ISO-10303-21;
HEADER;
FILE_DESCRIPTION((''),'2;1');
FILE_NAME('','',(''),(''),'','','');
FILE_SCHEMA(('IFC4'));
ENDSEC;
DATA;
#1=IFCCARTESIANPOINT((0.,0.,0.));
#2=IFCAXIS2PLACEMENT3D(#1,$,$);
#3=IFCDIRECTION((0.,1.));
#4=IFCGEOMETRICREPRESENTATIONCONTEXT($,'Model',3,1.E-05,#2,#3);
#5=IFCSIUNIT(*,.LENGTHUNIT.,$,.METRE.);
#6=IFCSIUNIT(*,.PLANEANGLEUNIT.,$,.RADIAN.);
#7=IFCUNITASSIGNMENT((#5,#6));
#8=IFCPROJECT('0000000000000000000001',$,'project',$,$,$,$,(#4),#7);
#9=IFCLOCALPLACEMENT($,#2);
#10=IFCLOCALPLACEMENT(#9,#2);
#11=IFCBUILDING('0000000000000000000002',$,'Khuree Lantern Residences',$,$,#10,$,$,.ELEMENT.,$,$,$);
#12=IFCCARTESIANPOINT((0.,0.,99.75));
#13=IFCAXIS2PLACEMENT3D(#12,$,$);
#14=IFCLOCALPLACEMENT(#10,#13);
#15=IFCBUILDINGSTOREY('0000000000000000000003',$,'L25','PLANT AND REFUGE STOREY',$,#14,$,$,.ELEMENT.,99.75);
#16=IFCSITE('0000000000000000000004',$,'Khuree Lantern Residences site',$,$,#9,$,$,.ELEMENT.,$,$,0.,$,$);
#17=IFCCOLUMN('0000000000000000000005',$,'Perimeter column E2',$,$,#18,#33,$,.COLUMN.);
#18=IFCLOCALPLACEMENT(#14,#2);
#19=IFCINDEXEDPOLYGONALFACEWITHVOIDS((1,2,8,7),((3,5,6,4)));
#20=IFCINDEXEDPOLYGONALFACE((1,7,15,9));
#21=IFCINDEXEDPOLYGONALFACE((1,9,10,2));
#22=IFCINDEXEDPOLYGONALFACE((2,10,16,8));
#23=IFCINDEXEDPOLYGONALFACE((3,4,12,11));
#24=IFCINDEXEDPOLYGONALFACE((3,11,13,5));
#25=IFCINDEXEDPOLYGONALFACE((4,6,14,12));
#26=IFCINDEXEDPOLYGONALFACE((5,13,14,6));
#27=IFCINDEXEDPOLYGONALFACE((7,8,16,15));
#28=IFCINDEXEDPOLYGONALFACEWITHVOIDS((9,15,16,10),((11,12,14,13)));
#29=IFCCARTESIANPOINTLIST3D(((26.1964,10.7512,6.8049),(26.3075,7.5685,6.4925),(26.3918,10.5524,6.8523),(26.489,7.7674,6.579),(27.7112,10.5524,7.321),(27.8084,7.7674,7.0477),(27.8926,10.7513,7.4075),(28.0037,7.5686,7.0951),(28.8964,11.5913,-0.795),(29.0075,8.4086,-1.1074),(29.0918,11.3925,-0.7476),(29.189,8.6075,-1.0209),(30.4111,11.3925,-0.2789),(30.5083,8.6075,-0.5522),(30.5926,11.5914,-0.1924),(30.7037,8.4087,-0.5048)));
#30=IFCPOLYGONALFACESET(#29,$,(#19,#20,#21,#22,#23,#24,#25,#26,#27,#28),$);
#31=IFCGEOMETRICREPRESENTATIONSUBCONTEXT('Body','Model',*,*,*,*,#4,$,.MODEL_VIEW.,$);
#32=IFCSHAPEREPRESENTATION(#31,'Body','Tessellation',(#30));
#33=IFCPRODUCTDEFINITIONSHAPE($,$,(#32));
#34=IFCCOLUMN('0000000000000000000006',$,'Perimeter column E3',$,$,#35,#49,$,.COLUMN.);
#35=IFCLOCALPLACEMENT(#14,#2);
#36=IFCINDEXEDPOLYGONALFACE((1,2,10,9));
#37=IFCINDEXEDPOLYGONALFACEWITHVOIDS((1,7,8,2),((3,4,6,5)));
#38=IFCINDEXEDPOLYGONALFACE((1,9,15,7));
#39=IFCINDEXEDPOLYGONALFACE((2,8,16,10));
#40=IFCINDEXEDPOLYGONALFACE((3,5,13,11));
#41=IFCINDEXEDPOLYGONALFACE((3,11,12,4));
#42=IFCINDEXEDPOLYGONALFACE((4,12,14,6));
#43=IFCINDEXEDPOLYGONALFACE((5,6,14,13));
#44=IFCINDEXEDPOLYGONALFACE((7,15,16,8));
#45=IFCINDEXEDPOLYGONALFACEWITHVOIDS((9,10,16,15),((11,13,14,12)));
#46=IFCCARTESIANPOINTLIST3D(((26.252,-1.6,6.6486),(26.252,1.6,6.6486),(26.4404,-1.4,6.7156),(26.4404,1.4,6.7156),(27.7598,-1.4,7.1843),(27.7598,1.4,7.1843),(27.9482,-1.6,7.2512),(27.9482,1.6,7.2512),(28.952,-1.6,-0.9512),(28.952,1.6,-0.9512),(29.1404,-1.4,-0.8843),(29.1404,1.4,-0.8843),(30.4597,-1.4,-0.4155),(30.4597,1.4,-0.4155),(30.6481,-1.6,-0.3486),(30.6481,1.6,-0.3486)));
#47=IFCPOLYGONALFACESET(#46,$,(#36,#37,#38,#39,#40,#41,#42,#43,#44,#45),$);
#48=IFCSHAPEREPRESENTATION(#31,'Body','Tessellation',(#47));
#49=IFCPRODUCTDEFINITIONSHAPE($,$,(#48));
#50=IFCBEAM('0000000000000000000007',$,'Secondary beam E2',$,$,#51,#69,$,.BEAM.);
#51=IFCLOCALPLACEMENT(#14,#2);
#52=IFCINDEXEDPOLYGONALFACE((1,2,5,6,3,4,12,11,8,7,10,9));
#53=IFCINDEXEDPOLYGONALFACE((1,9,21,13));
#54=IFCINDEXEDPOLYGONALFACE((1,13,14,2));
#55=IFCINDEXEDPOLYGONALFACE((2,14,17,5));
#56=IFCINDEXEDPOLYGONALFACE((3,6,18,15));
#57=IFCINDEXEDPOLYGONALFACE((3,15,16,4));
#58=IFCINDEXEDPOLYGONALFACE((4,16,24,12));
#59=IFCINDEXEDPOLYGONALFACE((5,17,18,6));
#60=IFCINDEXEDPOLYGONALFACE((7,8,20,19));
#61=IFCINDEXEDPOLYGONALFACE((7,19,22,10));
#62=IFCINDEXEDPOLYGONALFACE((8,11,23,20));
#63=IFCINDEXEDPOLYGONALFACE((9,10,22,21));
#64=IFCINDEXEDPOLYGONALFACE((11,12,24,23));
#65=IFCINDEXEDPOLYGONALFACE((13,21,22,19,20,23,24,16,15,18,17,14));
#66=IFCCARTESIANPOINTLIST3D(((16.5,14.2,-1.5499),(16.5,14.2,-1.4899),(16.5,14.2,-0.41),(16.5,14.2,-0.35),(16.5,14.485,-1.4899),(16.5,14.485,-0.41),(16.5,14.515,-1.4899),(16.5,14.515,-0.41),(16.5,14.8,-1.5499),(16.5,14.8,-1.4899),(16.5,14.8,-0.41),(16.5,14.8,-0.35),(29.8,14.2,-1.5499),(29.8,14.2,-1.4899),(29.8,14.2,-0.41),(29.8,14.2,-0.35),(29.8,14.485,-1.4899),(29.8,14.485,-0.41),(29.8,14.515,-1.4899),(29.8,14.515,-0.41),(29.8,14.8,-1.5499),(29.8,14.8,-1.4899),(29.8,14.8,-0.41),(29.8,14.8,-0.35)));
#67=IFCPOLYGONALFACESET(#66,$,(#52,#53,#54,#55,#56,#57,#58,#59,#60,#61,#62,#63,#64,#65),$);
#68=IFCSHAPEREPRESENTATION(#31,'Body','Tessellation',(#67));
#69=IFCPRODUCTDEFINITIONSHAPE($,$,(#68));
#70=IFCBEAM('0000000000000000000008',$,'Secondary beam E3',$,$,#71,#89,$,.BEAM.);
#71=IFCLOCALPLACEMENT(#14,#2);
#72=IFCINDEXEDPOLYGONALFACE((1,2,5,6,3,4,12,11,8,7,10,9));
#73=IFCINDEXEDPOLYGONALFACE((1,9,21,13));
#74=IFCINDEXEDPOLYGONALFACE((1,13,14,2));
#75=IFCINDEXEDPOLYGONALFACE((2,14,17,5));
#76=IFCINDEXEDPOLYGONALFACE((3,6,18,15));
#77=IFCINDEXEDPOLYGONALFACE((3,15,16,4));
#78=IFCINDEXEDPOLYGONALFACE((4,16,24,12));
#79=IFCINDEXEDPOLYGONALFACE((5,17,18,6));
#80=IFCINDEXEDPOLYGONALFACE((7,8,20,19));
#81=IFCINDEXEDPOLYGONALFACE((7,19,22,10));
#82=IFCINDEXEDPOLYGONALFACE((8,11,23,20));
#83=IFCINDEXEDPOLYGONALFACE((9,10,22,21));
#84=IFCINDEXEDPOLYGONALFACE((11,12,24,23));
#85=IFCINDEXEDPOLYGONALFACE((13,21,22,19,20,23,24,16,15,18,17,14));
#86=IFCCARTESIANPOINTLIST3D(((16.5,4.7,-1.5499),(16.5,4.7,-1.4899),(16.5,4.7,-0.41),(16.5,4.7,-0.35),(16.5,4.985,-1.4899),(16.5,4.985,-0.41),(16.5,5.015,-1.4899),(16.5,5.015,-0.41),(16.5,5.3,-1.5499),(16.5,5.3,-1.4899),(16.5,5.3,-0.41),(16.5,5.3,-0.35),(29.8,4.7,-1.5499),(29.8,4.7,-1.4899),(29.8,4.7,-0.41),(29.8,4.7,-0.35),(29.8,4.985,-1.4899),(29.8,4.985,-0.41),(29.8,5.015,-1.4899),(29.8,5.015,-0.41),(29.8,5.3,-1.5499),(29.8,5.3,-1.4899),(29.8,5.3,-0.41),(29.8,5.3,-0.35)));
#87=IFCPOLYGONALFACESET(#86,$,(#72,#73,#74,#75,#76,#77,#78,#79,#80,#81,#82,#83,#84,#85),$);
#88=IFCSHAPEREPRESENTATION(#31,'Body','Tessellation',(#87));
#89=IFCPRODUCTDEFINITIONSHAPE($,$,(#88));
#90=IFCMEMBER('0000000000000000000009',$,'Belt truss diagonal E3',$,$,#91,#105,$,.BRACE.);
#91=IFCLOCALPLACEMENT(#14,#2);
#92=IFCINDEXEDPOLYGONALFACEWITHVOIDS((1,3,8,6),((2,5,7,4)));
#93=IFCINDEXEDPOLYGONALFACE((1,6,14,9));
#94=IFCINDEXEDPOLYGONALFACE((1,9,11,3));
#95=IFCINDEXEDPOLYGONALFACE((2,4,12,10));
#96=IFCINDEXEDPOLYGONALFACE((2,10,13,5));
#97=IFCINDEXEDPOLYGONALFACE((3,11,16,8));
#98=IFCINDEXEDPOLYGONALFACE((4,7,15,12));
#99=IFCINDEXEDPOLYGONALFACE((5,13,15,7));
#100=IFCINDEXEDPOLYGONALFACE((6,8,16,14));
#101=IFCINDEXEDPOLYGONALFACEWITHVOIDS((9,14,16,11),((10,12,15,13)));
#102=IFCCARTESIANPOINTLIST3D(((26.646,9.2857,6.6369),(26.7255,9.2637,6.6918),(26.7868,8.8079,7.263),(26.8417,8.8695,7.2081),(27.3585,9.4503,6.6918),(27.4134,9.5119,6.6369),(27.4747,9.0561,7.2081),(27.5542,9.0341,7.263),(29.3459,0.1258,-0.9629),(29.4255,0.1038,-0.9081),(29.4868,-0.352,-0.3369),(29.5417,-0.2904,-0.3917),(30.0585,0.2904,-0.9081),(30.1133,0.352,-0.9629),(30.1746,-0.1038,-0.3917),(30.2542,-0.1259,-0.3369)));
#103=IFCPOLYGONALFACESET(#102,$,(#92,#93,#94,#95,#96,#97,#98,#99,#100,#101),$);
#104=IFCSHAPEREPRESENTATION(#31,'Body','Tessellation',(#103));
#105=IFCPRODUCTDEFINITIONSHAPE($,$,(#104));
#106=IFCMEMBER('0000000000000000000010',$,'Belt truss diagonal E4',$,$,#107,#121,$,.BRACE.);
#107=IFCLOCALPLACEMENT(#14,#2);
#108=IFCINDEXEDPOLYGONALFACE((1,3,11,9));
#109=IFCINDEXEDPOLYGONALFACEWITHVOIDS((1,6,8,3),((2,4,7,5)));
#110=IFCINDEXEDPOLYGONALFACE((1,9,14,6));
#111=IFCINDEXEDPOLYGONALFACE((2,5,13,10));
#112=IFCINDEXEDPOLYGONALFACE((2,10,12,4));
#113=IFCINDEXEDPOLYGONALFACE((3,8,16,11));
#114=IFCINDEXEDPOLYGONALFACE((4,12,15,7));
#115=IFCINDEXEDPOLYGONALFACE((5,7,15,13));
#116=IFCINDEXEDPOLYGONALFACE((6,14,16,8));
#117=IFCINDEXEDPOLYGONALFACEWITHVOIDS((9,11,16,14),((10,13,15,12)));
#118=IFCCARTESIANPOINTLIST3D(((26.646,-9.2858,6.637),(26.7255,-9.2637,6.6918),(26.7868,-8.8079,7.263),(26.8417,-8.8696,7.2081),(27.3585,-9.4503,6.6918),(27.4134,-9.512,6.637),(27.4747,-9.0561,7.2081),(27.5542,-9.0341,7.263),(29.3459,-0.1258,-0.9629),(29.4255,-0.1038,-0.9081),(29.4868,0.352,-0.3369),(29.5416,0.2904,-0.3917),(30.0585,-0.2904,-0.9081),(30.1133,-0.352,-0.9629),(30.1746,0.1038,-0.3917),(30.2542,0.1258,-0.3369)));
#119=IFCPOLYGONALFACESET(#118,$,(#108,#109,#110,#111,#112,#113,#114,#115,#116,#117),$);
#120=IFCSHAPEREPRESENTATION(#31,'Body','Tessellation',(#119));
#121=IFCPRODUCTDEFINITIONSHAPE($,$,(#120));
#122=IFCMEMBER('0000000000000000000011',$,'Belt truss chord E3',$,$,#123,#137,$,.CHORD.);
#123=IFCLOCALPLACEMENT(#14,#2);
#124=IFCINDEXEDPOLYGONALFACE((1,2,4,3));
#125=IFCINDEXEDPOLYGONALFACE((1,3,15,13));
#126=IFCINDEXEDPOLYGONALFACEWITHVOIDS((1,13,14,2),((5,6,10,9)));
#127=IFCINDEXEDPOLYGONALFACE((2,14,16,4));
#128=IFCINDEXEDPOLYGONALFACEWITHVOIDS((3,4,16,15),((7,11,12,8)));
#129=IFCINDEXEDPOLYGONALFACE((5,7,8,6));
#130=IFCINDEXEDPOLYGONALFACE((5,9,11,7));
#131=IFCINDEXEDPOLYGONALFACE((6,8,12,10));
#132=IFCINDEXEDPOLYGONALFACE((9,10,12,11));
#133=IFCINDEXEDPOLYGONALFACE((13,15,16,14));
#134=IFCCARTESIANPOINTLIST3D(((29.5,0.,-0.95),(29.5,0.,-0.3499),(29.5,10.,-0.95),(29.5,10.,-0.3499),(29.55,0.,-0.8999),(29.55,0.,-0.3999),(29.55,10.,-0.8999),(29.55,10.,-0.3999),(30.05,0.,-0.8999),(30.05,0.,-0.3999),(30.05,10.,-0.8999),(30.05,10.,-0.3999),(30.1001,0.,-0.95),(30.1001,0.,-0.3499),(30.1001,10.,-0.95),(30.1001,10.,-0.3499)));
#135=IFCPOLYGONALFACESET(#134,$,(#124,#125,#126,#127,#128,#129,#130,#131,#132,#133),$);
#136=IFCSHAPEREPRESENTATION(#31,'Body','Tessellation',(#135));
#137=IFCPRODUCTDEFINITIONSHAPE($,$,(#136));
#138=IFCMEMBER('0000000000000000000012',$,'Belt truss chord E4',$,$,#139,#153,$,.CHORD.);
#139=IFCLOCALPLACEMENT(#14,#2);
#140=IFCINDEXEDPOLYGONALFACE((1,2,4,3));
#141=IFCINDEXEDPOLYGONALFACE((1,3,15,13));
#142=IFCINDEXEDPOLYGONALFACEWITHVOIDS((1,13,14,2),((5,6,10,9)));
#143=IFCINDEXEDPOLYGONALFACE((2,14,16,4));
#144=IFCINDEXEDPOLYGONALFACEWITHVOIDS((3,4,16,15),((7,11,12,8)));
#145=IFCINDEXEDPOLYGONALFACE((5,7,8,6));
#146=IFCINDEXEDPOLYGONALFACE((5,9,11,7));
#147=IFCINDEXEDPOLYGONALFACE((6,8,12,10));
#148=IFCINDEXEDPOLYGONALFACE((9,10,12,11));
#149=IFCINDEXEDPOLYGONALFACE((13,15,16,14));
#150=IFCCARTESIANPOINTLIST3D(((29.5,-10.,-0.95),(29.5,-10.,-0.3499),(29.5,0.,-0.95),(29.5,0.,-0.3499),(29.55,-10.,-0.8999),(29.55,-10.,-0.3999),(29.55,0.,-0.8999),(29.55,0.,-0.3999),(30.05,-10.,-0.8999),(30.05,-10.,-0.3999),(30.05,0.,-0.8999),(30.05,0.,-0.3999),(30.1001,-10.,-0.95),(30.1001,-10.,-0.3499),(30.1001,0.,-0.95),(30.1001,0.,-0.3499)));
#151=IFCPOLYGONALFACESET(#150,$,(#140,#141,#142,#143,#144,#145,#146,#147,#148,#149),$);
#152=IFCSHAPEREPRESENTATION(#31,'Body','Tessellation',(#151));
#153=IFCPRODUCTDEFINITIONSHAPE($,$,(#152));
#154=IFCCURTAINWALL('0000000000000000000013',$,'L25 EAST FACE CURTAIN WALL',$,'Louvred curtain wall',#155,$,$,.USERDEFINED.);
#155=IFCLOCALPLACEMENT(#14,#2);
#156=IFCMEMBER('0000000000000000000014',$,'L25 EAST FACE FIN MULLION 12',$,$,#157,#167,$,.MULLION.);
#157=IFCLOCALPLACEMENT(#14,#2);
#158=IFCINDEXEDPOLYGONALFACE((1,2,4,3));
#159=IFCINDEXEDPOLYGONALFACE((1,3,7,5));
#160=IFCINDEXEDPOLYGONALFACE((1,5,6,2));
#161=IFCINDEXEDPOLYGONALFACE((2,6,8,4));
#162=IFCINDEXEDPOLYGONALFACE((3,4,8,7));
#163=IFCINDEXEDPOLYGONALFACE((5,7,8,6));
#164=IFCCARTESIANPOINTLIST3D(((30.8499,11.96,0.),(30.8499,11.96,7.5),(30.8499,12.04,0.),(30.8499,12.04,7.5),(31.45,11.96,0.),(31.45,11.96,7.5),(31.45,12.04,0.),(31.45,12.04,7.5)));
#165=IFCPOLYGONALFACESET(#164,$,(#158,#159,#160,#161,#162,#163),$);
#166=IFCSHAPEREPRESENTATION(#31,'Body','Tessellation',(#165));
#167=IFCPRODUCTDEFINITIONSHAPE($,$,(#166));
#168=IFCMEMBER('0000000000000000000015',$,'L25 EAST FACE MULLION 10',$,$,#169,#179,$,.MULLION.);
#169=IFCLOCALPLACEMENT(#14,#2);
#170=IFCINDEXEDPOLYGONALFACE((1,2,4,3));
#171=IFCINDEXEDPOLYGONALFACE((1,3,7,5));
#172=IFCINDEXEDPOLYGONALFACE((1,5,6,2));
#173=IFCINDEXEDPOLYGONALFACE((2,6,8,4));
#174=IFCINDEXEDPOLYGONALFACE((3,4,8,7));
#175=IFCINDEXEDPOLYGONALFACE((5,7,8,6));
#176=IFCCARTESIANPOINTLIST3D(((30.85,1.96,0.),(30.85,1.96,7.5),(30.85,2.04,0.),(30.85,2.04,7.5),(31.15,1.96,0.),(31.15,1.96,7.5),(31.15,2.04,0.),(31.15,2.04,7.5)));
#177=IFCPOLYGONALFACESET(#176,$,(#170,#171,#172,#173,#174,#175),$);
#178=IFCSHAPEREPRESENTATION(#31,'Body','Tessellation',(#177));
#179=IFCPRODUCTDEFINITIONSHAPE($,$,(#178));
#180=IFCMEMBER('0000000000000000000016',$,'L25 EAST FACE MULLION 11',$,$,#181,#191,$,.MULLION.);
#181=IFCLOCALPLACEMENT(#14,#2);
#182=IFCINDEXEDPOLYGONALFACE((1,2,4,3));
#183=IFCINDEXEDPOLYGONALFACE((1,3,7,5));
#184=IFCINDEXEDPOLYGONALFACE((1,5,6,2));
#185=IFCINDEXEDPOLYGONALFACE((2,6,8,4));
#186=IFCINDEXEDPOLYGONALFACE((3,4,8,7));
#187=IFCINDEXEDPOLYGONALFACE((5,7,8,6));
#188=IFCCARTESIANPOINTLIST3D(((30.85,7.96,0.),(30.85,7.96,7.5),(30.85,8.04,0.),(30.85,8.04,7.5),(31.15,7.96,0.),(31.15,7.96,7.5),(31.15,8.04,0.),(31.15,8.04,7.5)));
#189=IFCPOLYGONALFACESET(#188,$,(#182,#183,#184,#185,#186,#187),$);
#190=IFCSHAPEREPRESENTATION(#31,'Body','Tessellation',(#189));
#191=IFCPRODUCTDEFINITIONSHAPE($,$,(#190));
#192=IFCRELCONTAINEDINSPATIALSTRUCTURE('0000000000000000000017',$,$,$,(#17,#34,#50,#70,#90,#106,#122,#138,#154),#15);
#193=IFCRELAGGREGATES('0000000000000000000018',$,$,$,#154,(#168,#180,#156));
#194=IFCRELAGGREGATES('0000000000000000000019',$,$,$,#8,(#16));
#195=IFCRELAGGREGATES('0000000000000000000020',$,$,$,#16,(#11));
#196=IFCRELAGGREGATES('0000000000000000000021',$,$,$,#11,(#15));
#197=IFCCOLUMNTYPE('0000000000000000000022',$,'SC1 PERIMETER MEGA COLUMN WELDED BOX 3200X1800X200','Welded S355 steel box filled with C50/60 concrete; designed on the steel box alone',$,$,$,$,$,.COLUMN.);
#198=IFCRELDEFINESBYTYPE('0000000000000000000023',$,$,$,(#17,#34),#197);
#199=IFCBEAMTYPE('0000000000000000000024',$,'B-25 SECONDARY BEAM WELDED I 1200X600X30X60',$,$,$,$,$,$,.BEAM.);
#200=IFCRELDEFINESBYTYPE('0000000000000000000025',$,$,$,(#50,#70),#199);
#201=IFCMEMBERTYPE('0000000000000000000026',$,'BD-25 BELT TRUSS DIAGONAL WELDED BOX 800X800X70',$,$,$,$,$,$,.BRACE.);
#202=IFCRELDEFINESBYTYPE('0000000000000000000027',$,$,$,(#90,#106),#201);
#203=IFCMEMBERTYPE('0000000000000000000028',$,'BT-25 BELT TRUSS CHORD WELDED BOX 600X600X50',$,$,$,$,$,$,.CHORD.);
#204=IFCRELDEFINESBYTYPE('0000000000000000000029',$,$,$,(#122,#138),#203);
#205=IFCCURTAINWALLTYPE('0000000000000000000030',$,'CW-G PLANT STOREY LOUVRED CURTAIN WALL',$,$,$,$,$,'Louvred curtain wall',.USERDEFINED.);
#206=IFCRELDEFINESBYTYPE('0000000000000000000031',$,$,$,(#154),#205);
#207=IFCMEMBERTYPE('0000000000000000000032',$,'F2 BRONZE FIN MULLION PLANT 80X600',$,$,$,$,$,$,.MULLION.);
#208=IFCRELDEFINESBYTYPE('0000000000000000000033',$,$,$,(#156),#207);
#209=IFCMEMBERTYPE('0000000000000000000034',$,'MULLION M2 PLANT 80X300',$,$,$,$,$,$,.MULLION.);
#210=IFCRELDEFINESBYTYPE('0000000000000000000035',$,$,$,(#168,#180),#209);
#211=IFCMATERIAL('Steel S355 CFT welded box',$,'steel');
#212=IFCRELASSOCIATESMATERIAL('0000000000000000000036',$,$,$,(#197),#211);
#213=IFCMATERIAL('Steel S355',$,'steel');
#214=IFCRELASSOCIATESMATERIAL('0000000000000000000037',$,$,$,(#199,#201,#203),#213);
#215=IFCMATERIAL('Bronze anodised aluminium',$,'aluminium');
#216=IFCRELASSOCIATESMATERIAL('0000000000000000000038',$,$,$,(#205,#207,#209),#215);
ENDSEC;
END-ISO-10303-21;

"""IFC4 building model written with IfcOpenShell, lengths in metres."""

from ifc_helpers import new_model, si_unit, direction, frame, origin, origin_2d, place, context, subcontext, project, spatial, rectangle, hollow_rectangle, i_section, extrude, material, material_profile, profile_set, type_object, element, aggregate, save


model = new_model("IFC4")

# Units and contexts
model_context = context("Model", 3, precision=1e-05, world=origin(), true_north=direction((0.0, 1.0)))
body_context = subcontext(model_context, "Body", "Model", "MODEL_VIEW")
ifc_project = project(units=[si_unit("LENGTHUNIT", "METRE"), si_unit("PLANEANGLEUNIT", "RADIAN")], contexts=[model_context])

# Site, building, storey
site_placement = place(None, origin())
site = spatial("IfcSite", under=ifc_project, at=site_placement, Name="Khuree Lantern Residences site", CompositionType="ELEMENT", RefElevation=0.0)
building_placement = place(site_placement, origin())
building = spatial("IfcBuilding", under=site, at=building_placement, Name="Khuree Lantern Residences", CompositionType="ELEMENT")
storey_placement = place(building_placement, frame((0.0, 0.0, 99.75)))
storey = spatial("IfcBuildingStorey", under=building, at=storey_placement, Name="L25", Description="PLANT AND REFUGE STOREY", CompositionType="ELEMENT", Elevation=99.75)

# Columns
ifc_material_1 = material(Name="Steel S355 CFT welded box", Category="steel")
ifc_material_profile_1 = material_profile(ifc_material_1, hollow_rectangle(XDim=3.2, YDim=1.8, WallThickness=0.2, at=origin_2d()), Name="WELDED BOX 3200X1800X200")
ifc_profile_set_1 = profile_set([ifc_material_profile_1], Name="Steel S355 CFT welded box")
column_type = type_object("IfcColumnType", Name="SC1 PERIMETER MEGA COLUMN WELDED BOX 3200X1800X200", Description="Welded S355 steel box filled with C50/60 concrete; designed on the steel box alone", PredefinedType="COLUMN", material=ifc_profile_set_1)
column_1_placement = place(storey_placement, frame((29.8, 10.0, -0.6499), z_axis=(-0.332964, -0.103602, 0.937231), x_axis=(-0.034713, 0.994619, 0.097613)))
element("IfcColumn", 1, at=column_1_placement, inside=storey, type_object=column_type, Name="Perimeter column E2", PredefinedType="COLUMN", context=body_context, shape_type="SweptSolid", body=[
    extrude(hollow_rectangle(XDim=3.2, YDim=1.8, WallThickness=0.2, at=origin_2d()), origin(), (0.0, 0.0, 1.0), 8.1089),
])
column_2_placement = place(storey_placement, frame((29.8, 0.0, -0.6499), z_axis=(-0.334765, 0.0, 0.942302), x_axis=(0.0, 1.0, 0.0)))
element("IfcColumn", 2, at=column_2_placement, inside=storey, type_object=column_type, Name="Perimeter column E3", PredefinedType="COLUMN", context=body_context, shape_type="SweptSolid", body=[
    extrude(hollow_rectangle(XDim=3.2, YDim=1.8, WallThickness=0.2, at=origin_2d()), origin(), (0.0, 0.0, 1.0), 8.0652),
])

# Beams
ifc_material_2 = material(Name="Steel S355", Category="steel")
ifc_material_profile_2 = material_profile(ifc_material_2, i_section(OverallWidth=0.6001, OverallDepth=1.2, WebThickness=0.03, FlangeThickness=0.0601, at=origin_2d()), Name="WELDED I 1200X600X30X60")
ifc_profile_set_2 = profile_set([ifc_material_profile_2], Name="Steel S355")
beam_type = type_object("IfcBeamType", Name="B-25 SECONDARY BEAM WELDED I 1200X600X30X60", PredefinedType="BEAM", material=ifc_profile_set_2)
for number, where, z_axis, x_axis, name in (
    (3, (29.8, 14.5, -0.95), (-1.0, 0.0, 0.0), (0.0, -1.0, 0.0), "Secondary beam E2"),
    (4, (29.8, 5.0, -0.95), (-1.0, 0.0, 0.0), (0.0, -1.0, 0.0), "Secondary beam E3"),
):
    element("IfcBeam", number, at=place(storey_placement, frame(where, z_axis=z_axis, x_axis=x_axis)), inside=storey, type_object=beam_type, Name=name, PredefinedType="BEAM", context=body_context, shape_type="SweptSolid", body=[
        extrude(i_section(OverallWidth=0.6001, OverallDepth=1.2, WebThickness=0.03, FlangeThickness=0.0601, at=origin_2d()), origin(), (0.0, 0.0, 1.0), 13.3),
    ])

# Members
ifc_material_profile_3 = material_profile(ifc_material_2, hollow_rectangle(XDim=0.8, YDim=0.8, WallThickness=0.0701, at=origin_2d()), Name="WELDED BOX 800X800X70")
ifc_profile_set_3 = profile_set([ifc_material_profile_3], Name="Steel S355")
member_type_1 = type_object("IfcMemberType", Name="BD-25 BELT TRUSS DIAGONAL WELDED BOX 800X800X70", PredefinedType="BRACE", material=ifc_profile_set_3)
for number, where, z_axis, x_axis, name in (
    (5, (27.1001, 9.1599, 6.95), (0.221225, -0.750531, -0.622706), (0.959199, 0.282731, 0.0), "Belt truss diagonal E3"),
    (6, (29.8, 0.0, -0.6499), (-0.221225, -0.750531, 0.622706), (0.959199, -0.282731, 0.0), "Belt truss diagonal E4"),
):
    element("IfcMember", number, at=place(storey_placement, frame(where, z_axis=z_axis, x_axis=x_axis)), inside=storey, type_object=member_type_1, Name=name, PredefinedType="BRACE", context=body_context, shape_type="SweptSolid", body=[
        extrude(hollow_rectangle(XDim=0.8, YDim=0.8, WallThickness=0.0701, at=origin_2d()), origin(), (0.0, 0.0, 1.0), 12.2046),
    ])
ifc_material_profile_4 = material_profile(ifc_material_2, hollow_rectangle(XDim=0.6001, YDim=0.6001, WallThickness=0.05, at=origin_2d()), Name="WELDED BOX 600X600X50")
ifc_profile_set_4 = profile_set([ifc_material_profile_4], Name="Steel S355")
member_type_2 = type_object("IfcMemberType", Name="BT-25 BELT TRUSS CHORD WELDED BOX 600X600X50", PredefinedType="CHORD", material=ifc_profile_set_4)
for number, where, z_axis, x_axis, name in (
    (7, (29.8, 10.0, -0.6499), (0.0, -1.0, 0.0), (1.0, 0.0, 0.0), "Belt truss chord E3"),
    (8, (29.8, 0.0, -0.6499), (0.0, -1.0, 0.0), (1.0, 0.0, 0.0), "Belt truss chord E4"),
):
    element("IfcMember", number, at=place(storey_placement, frame(where, z_axis=z_axis, x_axis=x_axis)), inside=storey, type_object=member_type_2, Name=name, PredefinedType="CHORD", context=body_context, shape_type="SweptSolid", body=[
        extrude(hollow_rectangle(XDim=0.6001, YDim=0.6001, WallThickness=0.05, at=origin_2d()), origin(), (0.0, 0.0, 1.0), 10.0),
    ])

# Curtain wall, members
ifc_material_3 = material(Name="Bronze anodised aluminium", Category="aluminium")
curtain_wall_type = type_object("IfcCurtainWallType", Name="CW-G PLANT STOREY LOUVRED CURTAIN WALL", ElementType="Louvred curtain wall", PredefinedType="USERDEFINED", material=ifc_material_3)
curtain_wall_placement = place(storey_placement, origin())
curtain_wall = element("IfcCurtainWall", 9, at=curtain_wall_placement, inside=storey, type_object=curtain_wall_type, Name="L25 EAST FACE CURTAIN WALL", ObjectType="Louvred curtain wall", PredefinedType="USERDEFINED")
ifc_material_profile_5 = material_profile(ifc_material_3, rectangle(XDim=0.0801, YDim=0.6001, at=origin_2d()), Name="F2 80X600")
ifc_profile_set_5 = profile_set([ifc_material_profile_5], Name="Bronze anodised aluminium")
member_type_3 = type_object("IfcMemberType", Name="F2 BRONZE FIN MULLION PLANT 80X600", PredefinedType="MULLION", material=ifc_profile_set_5)
member_1_placement = place(storey_placement, frame((31.1499, 12.0, 0.0), z_axis=(0.0, 0.0, 1.0), x_axis=(0.0, 1.0, 0.0)))
member_1 = element("IfcMember", 10, at=member_1_placement, type_object=member_type_3, Name="L25 EAST FACE FIN MULLION 12", PredefinedType="MULLION", context=body_context, shape_type="SweptSolid", body=[
    extrude(rectangle(XDim=0.0801, YDim=0.6001, at=origin_2d()), origin(), (0.0, 0.0, 1.0), 7.5),
])
ifc_material_profile_6 = material_profile(ifc_material_3, rectangle(XDim=0.0801, YDim=0.3, at=origin_2d()), Name="M2 80X300")
ifc_profile_set_6 = profile_set([ifc_material_profile_6], Name="Bronze anodised aluminium")
member_type_4 = type_object("IfcMemberType", Name="MULLION M2 PLANT 80X300", PredefinedType="MULLION", material=ifc_profile_set_6)
member_2_placement = place(storey_placement, frame((31.0, 2.0, 0.0), z_axis=(0.0, 0.0, 1.0), x_axis=(0.0, 1.0, 0.0)))
member_2 = element("IfcMember", 11, at=member_2_placement, type_object=member_type_4, Name="L25 EAST FACE MULLION 10", PredefinedType="MULLION", context=body_context, shape_type="SweptSolid", body=[
    extrude(rectangle(XDim=0.0801, YDim=0.3, at=origin_2d()), origin(), (0.0, 0.0, 1.0), 7.5),
])
member_3_placement = place(storey_placement, frame((31.0, 8.0, 0.0), z_axis=(0.0, 0.0, 1.0), x_axis=(0.0, 1.0, 0.0)))
member_3 = element("IfcMember", 12, at=member_3_placement, type_object=member_type_4, Name="L25 EAST FACE MULLION 11", PredefinedType="MULLION", context=body_context, shape_type="SweptSolid", body=[
    extrude(rectangle(XDim=0.0801, YDim=0.3, at=origin_2d()), origin(), (0.0, 0.0, 1.0), 7.5),
])

aggregate(curtain_wall, [member_2, member_3, member_1])

save(model, "model.ifc")
